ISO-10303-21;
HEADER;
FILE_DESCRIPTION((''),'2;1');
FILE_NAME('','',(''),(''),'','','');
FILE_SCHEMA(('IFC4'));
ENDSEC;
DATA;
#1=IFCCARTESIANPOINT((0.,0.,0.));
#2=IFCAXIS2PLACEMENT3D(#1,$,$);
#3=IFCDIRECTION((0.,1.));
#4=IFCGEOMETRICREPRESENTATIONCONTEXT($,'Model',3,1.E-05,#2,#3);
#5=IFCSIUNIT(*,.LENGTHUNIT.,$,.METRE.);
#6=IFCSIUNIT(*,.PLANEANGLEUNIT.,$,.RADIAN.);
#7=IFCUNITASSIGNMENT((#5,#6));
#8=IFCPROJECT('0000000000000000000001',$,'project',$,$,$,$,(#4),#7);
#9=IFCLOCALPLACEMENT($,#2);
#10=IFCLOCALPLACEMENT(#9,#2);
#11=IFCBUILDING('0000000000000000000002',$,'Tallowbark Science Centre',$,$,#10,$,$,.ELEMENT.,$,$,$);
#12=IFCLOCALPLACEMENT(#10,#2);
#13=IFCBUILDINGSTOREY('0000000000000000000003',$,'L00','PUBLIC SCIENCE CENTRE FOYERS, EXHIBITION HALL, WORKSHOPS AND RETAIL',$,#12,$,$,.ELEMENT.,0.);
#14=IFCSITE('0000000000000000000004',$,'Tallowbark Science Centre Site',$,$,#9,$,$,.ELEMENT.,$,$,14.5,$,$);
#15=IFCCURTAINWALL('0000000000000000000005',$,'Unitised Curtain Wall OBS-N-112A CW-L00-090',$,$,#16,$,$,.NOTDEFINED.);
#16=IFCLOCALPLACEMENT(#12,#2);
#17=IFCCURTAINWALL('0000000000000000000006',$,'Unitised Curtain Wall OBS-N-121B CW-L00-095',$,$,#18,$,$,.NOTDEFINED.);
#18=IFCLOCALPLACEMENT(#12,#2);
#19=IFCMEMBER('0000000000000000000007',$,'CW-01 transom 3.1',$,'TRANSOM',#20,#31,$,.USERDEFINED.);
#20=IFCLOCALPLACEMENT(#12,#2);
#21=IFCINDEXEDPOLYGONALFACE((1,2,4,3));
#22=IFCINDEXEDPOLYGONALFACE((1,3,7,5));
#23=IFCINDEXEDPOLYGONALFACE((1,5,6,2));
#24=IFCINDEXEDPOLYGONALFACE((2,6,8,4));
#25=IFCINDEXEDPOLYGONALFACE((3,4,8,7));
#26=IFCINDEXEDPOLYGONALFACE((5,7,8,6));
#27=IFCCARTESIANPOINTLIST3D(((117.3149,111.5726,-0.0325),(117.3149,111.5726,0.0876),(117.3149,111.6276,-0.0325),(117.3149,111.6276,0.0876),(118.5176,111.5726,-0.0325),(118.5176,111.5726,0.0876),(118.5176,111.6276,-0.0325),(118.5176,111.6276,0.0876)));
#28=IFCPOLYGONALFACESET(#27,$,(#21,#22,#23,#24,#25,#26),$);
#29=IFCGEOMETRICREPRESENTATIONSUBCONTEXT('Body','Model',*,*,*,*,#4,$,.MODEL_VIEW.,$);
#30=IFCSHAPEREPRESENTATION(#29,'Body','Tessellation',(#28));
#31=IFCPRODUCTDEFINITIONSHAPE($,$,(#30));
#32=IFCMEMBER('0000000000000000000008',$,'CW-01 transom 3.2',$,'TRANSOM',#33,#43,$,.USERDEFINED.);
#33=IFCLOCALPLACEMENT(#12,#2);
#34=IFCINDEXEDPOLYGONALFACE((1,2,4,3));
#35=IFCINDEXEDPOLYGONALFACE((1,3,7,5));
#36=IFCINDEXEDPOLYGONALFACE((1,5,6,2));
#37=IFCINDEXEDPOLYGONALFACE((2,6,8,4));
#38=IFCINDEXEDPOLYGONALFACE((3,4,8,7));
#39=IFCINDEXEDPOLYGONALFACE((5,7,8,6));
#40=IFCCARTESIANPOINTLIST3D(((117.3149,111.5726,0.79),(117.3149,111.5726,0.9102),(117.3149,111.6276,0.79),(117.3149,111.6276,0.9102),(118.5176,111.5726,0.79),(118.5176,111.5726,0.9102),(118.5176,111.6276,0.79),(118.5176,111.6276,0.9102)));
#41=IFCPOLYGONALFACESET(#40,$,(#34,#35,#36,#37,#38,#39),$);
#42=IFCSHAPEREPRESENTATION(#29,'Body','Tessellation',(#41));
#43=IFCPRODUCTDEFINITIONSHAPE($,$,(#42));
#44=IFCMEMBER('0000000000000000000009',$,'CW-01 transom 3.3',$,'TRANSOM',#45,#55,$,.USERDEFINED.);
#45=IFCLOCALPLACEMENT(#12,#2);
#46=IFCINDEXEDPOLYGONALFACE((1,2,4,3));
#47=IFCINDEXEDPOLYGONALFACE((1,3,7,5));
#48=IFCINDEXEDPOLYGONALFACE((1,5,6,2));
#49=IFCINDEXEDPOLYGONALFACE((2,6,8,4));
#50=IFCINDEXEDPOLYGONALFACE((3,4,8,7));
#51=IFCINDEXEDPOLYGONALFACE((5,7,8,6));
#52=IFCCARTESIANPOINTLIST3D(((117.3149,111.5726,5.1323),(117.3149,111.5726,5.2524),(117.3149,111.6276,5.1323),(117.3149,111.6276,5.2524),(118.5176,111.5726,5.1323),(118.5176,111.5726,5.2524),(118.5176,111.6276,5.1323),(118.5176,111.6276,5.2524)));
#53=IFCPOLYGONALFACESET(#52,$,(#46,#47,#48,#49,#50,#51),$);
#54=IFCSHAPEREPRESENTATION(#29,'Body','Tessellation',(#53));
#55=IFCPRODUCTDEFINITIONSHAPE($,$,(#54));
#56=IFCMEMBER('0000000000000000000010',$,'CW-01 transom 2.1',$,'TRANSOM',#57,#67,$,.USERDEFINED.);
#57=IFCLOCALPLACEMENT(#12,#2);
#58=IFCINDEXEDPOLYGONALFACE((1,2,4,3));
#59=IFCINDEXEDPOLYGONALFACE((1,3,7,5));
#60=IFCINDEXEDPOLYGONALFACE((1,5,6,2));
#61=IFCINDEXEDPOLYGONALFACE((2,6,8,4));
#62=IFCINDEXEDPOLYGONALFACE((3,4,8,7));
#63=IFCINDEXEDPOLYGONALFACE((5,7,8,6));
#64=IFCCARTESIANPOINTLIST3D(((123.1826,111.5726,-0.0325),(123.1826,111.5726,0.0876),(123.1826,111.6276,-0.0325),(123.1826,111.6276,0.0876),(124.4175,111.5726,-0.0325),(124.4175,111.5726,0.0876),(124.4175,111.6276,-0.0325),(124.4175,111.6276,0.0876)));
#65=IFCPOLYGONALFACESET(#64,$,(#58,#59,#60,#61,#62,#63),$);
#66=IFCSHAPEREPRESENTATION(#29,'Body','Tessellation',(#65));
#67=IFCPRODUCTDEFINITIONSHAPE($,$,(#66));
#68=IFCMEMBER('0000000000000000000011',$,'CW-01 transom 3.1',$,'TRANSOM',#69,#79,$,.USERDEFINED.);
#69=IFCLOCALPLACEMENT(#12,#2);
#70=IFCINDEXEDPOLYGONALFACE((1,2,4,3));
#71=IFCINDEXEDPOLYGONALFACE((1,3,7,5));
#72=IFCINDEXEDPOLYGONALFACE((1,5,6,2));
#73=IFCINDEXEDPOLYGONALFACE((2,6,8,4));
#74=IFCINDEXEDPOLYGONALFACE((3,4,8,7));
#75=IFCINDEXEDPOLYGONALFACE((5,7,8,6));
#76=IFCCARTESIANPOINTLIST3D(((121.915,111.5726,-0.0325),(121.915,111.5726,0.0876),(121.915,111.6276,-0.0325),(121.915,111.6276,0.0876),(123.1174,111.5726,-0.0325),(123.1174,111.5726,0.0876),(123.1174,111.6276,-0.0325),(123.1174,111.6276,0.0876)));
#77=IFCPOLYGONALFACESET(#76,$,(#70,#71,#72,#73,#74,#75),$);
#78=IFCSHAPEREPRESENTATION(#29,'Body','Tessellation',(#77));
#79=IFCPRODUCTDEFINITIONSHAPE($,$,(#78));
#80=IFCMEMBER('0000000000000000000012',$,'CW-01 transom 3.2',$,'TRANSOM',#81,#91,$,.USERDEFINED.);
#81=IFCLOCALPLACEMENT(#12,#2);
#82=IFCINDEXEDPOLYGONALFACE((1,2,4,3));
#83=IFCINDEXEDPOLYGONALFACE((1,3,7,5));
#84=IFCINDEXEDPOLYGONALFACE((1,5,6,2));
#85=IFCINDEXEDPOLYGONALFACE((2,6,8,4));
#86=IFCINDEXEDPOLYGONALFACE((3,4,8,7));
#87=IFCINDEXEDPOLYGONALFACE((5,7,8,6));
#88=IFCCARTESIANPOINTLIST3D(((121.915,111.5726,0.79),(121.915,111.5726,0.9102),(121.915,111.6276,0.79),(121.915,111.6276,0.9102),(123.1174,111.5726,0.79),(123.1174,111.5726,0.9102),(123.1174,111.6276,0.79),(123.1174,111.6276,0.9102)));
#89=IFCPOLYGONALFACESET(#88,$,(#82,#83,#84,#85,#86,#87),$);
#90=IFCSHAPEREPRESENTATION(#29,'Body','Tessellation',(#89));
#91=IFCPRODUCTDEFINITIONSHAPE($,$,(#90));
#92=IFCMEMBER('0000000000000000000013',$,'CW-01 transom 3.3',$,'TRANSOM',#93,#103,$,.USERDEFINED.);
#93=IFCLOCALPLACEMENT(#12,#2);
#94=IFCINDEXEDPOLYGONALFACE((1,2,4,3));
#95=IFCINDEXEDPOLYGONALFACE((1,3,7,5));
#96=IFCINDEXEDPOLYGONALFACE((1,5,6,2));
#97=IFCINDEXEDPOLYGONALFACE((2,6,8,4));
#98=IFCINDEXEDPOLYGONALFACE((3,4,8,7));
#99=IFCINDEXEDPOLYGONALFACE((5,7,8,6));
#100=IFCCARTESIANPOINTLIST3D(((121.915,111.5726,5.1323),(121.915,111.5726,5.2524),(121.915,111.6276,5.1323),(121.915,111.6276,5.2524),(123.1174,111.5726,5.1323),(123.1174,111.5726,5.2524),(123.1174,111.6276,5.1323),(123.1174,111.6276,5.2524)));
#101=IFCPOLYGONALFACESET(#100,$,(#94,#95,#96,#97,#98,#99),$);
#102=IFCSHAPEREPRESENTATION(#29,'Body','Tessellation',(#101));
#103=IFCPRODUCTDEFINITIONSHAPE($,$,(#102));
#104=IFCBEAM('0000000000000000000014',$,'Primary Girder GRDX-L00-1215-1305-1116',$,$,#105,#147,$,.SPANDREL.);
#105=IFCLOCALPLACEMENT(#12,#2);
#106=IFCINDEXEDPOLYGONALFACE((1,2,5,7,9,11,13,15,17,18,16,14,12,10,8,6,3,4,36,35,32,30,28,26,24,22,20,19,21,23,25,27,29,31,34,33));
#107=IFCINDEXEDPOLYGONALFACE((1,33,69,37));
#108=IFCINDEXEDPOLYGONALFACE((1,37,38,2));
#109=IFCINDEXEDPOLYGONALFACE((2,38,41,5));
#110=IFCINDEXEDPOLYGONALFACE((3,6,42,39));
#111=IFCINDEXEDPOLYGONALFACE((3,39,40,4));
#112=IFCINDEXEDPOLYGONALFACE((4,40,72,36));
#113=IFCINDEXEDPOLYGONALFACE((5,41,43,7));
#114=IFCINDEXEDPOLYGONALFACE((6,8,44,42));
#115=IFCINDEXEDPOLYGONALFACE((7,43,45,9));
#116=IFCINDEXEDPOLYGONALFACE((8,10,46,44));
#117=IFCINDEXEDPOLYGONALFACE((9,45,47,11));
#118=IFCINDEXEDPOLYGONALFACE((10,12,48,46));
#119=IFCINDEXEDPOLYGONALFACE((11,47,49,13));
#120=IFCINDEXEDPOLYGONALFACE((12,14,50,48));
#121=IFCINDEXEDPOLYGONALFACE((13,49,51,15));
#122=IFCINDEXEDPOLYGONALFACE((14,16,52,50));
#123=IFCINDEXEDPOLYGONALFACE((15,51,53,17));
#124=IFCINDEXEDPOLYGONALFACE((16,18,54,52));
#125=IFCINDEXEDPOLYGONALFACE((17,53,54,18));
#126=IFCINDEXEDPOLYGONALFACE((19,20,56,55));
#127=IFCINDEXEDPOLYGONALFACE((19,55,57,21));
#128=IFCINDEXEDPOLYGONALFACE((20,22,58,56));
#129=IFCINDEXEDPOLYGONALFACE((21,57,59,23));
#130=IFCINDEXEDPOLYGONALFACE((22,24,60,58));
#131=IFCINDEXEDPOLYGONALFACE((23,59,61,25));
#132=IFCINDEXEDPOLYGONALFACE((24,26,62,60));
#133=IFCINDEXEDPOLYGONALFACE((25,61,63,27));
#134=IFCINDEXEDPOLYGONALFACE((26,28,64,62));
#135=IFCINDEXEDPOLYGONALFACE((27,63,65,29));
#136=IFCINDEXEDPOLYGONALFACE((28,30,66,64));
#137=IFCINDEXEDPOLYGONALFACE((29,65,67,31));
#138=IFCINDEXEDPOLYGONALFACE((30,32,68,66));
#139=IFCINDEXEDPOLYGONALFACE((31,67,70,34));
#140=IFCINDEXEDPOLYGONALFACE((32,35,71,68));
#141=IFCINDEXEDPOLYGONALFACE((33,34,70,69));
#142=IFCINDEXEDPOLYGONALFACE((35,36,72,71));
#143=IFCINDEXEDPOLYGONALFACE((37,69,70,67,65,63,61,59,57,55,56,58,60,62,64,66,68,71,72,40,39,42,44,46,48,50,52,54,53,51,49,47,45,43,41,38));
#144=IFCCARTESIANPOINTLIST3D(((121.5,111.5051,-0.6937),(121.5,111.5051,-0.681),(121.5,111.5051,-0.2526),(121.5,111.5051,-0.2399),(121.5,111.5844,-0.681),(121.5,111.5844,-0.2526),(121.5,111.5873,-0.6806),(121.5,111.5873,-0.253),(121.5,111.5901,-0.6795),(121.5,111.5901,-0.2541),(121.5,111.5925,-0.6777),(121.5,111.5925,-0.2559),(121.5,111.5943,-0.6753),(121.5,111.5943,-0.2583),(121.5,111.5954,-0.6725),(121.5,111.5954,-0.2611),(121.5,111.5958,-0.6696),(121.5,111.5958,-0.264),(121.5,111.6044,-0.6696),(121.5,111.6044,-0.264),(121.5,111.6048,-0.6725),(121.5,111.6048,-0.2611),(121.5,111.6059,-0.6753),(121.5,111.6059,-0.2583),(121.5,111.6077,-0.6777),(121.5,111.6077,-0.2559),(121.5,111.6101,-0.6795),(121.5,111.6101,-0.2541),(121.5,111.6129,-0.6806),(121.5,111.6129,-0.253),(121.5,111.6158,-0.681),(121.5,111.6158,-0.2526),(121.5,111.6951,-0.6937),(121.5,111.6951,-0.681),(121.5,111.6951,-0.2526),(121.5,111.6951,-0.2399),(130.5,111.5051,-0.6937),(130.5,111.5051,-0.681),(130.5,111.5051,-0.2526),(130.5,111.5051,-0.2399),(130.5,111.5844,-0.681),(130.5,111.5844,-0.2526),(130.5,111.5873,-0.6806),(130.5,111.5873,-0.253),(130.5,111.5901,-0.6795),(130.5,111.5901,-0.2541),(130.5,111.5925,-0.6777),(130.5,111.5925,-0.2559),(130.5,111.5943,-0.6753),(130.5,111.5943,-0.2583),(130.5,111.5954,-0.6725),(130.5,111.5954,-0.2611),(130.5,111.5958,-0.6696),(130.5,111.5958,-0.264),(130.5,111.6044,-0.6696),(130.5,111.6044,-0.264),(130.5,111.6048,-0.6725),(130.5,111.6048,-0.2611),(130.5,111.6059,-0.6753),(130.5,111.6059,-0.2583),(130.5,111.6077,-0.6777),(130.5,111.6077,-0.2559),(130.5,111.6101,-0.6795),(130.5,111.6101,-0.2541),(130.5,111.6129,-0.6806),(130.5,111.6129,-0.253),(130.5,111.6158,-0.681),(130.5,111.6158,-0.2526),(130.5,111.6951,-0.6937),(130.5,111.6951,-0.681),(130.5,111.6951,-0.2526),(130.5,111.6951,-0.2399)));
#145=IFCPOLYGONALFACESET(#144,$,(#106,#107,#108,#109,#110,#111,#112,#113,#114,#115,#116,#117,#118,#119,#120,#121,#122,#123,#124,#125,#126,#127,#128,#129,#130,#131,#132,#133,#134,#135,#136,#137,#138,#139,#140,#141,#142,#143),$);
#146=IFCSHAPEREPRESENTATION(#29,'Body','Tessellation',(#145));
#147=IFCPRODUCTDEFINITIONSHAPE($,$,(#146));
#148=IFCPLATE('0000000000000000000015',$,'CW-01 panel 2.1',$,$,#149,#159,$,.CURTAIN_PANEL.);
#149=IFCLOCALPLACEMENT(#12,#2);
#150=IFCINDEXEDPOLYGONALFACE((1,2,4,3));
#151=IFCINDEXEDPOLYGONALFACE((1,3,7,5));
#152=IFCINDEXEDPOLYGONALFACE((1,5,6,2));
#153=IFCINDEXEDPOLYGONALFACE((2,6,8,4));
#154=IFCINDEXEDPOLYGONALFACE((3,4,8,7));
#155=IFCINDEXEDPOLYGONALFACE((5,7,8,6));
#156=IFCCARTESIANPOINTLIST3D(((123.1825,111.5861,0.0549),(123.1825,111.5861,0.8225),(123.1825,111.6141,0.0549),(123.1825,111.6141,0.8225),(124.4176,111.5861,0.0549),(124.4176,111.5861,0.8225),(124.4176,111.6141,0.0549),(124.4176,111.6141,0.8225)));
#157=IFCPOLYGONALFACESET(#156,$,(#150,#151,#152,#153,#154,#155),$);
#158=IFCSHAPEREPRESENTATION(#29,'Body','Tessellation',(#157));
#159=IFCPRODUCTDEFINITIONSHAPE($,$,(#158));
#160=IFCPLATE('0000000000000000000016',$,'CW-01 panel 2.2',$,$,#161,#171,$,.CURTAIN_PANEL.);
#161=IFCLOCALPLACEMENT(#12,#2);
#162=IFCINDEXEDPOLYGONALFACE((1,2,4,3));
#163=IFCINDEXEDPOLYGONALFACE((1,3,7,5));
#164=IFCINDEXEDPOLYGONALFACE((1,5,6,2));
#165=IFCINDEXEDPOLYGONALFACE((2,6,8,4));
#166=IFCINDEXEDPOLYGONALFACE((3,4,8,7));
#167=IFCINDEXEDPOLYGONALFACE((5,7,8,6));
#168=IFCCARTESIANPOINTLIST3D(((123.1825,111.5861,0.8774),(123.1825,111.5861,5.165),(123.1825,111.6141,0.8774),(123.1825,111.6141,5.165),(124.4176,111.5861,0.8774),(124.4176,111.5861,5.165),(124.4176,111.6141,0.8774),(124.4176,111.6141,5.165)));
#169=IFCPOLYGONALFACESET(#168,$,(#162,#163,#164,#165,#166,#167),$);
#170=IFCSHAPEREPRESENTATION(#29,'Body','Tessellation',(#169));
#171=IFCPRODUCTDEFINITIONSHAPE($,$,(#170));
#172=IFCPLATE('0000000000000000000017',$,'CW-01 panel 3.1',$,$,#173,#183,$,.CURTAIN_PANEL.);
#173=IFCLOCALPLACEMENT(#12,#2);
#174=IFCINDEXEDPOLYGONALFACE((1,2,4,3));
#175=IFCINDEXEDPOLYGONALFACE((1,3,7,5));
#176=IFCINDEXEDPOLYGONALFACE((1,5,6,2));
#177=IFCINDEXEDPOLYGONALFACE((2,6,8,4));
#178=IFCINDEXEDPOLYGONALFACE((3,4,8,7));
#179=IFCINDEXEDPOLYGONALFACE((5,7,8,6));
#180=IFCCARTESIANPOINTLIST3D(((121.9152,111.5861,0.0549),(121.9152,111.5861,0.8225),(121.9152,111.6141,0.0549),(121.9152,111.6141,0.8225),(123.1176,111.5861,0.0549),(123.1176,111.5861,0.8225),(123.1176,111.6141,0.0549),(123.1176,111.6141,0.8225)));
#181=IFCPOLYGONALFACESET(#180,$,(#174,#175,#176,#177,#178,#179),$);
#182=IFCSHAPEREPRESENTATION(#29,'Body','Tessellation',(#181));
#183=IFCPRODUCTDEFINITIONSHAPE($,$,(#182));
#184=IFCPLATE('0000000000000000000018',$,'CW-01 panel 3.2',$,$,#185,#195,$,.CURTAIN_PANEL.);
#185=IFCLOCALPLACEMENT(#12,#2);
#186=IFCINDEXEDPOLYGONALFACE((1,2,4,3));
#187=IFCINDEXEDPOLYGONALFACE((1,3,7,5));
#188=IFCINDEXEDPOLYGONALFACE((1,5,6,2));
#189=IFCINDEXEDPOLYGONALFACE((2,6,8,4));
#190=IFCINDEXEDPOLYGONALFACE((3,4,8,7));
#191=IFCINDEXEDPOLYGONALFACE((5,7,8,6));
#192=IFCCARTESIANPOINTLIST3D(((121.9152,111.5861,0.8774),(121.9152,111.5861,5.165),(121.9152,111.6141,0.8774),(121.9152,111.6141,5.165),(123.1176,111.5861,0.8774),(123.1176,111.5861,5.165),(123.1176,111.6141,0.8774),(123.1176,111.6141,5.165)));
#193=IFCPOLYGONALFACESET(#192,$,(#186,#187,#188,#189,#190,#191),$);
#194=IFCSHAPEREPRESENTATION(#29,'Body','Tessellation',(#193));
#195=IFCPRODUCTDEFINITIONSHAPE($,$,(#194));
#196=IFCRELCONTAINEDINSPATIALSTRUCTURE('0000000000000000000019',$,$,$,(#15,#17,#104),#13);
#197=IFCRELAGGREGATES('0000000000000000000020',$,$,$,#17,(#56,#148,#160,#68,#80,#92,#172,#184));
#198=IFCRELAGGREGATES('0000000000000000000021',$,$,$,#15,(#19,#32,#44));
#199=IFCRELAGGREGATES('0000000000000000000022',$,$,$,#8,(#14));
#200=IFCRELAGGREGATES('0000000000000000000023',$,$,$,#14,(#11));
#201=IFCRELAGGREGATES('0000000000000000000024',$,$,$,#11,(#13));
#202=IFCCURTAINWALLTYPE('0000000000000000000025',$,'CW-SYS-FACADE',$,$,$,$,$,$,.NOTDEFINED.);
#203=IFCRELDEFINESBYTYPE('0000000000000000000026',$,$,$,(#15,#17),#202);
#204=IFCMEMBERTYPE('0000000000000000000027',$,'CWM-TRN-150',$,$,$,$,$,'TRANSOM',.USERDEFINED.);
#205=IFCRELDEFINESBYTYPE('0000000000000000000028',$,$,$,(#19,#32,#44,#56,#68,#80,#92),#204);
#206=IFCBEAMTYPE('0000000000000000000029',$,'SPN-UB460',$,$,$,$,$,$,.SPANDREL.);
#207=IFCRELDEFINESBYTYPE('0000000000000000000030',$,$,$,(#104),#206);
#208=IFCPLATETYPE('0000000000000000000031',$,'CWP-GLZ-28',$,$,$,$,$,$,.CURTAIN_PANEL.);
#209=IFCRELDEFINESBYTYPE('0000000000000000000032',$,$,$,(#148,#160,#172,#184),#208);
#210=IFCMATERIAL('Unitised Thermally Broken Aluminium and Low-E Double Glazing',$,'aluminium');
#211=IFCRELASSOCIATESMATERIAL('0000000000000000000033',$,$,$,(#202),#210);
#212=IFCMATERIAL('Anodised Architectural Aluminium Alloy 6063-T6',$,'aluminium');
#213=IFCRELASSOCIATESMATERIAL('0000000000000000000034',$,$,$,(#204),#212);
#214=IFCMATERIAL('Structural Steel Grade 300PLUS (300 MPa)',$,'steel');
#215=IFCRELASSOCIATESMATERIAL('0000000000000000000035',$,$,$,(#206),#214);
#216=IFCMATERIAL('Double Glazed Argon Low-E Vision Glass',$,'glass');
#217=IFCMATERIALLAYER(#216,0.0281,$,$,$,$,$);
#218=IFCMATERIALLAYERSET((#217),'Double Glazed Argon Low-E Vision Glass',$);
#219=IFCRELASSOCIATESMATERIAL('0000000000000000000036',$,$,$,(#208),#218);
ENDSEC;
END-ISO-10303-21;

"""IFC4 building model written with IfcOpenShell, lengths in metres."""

from ifc_helpers import new_model, si_unit, direction, frame, origin, origin_2d, place, context, subcontext, project, spatial, rectangle, i_section, extrude, material, layer, layer_set, material_profile, profile_set, type_object, element, aggregate, save


model = new_model("IFC4")

# Units and contexts
model_context = context("Model", 3, precision=1e-05, world=origin(), true_north=direction((0.0, 1.0)))
body_context = subcontext(model_context, "Body", "Model", "MODEL_VIEW")
ifc_project = project(units=[si_unit("LENGTHUNIT", "METRE"), si_unit("PLANEANGLEUNIT", "RADIAN")], contexts=[model_context])

# Site, building, storey
site_placement = place(None, origin())
site = spatial("IfcSite", under=ifc_project, at=site_placement, Name="Tallowbark Science Centre Site", CompositionType="ELEMENT", RefElevation=14.5)
building_placement = place(site_placement, origin())
building = spatial("IfcBuilding", under=site, at=building_placement, Name="Tallowbark Science Centre", CompositionType="ELEMENT")
storey_placement = place(building_placement, origin())
storey = spatial("IfcBuildingStorey", under=building, at=storey_placement, Name="L00", Description="PUBLIC SCIENCE CENTRE FOYERS, EXHIBITION HALL, WORKSHOPS AND RETAIL", CompositionType="ELEMENT", Elevation=0.0)

# Shared definitions
ifc_material_1 = material(Name="Structural Steel Grade 300PLUS (300 MPa)", Category="steel")

# Curtain walls
ifc_material_2 = material(Name="Unitised Thermally Broken Aluminium and Low-E Double Glazing", Category="aluminium")
curtain_wall_type = type_object("IfcCurtainWallType", Name="CW-SYS-FACADE", PredefinedType="NOTDEFINED", material=ifc_material_2)
curtain_wall_1_placement = place(storey_placement, origin())
curtain_wall_1 = element("IfcCurtainWall", 1, at=curtain_wall_1_placement, inside=storey, type_object=curtain_wall_type, Name="Unitised Curtain Wall OBS-N-112A CW-L00-090", PredefinedType="NOTDEFINED")
ifc_material_3 = material(Name="Anodised Architectural Aluminium Alloy 6063-T6", Category="aluminium")
curtain_wall_2_placement = place(storey_placement, origin())
curtain_wall_2 = element("IfcCurtainWall", 2, at=curtain_wall_2_placement, inside=storey, type_object=curtain_wall_type, Name="Unitised Curtain Wall OBS-N-121B CW-L00-095", PredefinedType="NOTDEFINED")

# Members
ifc_material_profile_1 = material_profile(ifc_material_3, rectangle(XDim=0.0549, YDim=0.1201, at=origin_2d()), Name="ALU55x120")
ifc_profile_set_1 = profile_set([ifc_material_profile_1], Name="Anodised Architectural Aluminium Alloy 6063-T6")
member_type_1 = type_object("IfcMemberType", Name="CWM-TRN-150", ElementType="TRANSOM", PredefinedType="USERDEFINED", material=ifc_profile_set_1)
member_1_placement = place(storey_placement, frame((118.5176, 111.6001, 0.0276), z_axis=(-1.0, 0.0, 0.0), x_axis=(0.0, -1.0, 0.0)))
member_1 = element("IfcMember", 3, at=member_1_placement, type_object=member_type_1, Name="CW-01 transom 3.1", ObjectType="TRANSOM", PredefinedType="USERDEFINED", context=body_context, shape_type="SweptSolid", body=[
    extrude(rectangle(XDim=0.0549, YDim=0.1201, at=origin_2d()), origin(), (0.0, 0.0, 1.0), 1.2026),
])
member_2_placement = place(storey_placement, frame((118.5176, 111.6001, 0.8501), z_axis=(-1.0, 0.0, 0.0), x_axis=(0.0, -1.0, 0.0)))
member_2 = element("IfcMember", 4, at=member_2_placement, type_object=member_type_1, Name="CW-01 transom 3.2", ObjectType="TRANSOM", PredefinedType="USERDEFINED", context=body_context, shape_type="SweptSolid", body=[
    extrude(rectangle(XDim=0.0549, YDim=0.1201, at=origin_2d()), origin(), (0.0, 0.0, 1.0), 1.2026),
])
member_3_placement = place(storey_placement, frame((118.5176, 111.6001, 5.1924), z_axis=(-1.0, 0.0, 0.0), x_axis=(0.0, -1.0, 0.0)))
member_3 = element("IfcMember", 5, at=member_3_placement, type_object=member_type_1, Name="CW-01 transom 3.3", ObjectType="TRANSOM", PredefinedType="USERDEFINED", context=body_context, shape_type="SweptSolid", body=[
    extrude(rectangle(XDim=0.0549, YDim=0.1201, at=origin_2d()), origin(), (0.0, 0.0, 1.0), 1.2026),
])
member_4_placement = place(storey_placement, frame((124.4175, 111.6001, 0.0276), z_axis=(-1.0, 0.0, 0.0), x_axis=(0.0, -1.0, 0.0)))
member_4 = element("IfcMember", 6, at=member_4_placement, type_object=member_type_1, Name="CW-01 transom 2.1", ObjectType="TRANSOM", PredefinedType="USERDEFINED", context=body_context, shape_type="SweptSolid", body=[
    extrude(rectangle(XDim=0.0549, YDim=0.1201, at=origin_2d()), origin(), (0.0, 0.0, 1.0), 1.2349),
])
member_5_placement = place(storey_placement, frame((123.1174, 111.6001, 0.0276), z_axis=(-1.0, 0.0, 0.0), x_axis=(0.0, -1.0, 0.0)))
member_5 = element("IfcMember", 7, at=member_5_placement, type_object=member_type_1, Name="CW-01 transom 3.1", ObjectType="TRANSOM", PredefinedType="USERDEFINED", context=body_context, shape_type="SweptSolid", body=[
    extrude(rectangle(XDim=0.0549, YDim=0.1201, at=origin_2d()), origin(), (0.0, 0.0, 1.0), 1.2024),
])
member_6_placement = place(storey_placement, frame((123.1174, 111.6001, 0.8501), z_axis=(-1.0, 0.0, 0.0), x_axis=(0.0, -1.0, 0.0)))
member_6 = element("IfcMember", 8, at=member_6_placement, type_object=member_type_1, Name="CW-01 transom 3.2", ObjectType="TRANSOM", PredefinedType="USERDEFINED", context=body_context, shape_type="SweptSolid", body=[
    extrude(rectangle(XDim=0.0549, YDim=0.1201, at=origin_2d()), origin(), (0.0, 0.0, 1.0), 1.2024),
])
member_7_placement = place(storey_placement, frame((123.1174, 111.6001, 5.1924), z_axis=(-1.0, 0.0, 0.0), x_axis=(0.0, -1.0, 0.0)))
member_7 = element("IfcMember", 9, at=member_7_placement, type_object=member_type_1, Name="CW-01 transom 3.3", ObjectType="TRANSOM", PredefinedType="USERDEFINED", context=body_context, shape_type="SweptSolid", body=[
    extrude(rectangle(XDim=0.0549, YDim=0.1201, at=origin_2d()), origin(), (0.0, 0.0, 1.0), 1.2024),
])

# Beam
ifc_material_profile_2 = material_profile(ifc_material_1, i_section(OverallWidth=0.1899, OverallDepth=0.4539, WebThickness=0.0085, FlangeThickness=0.0127, FilletRadius=0.0115, at=origin_2d()), Name="460UB67.1")
ifc_profile_set_2 = profile_set([ifc_material_profile_2], Name="Structural Steel Grade 300PLUS (300 MPa)")
beam_type = type_object("IfcBeamType", Name="SPN-UB460", PredefinedType="SPANDREL", material=ifc_profile_set_2)
beam_placement = place(storey_placement, frame((121.5, 111.6001, -0.4668), z_axis=(1.0, 0.0, 0.0), x_axis=(0.0, 1.0, 0.0)))
element("IfcBeam", 10, at=beam_placement, inside=storey, type_object=beam_type, Name="Primary Girder GRDX-L00-1215-1305-1116", PredefinedType="SPANDREL", context=body_context, shape_type="SweptSolid", body=[
    extrude(i_section(OverallWidth=0.1899, OverallDepth=0.4539, WebThickness=0.0085, FlangeThickness=0.0127, FilletRadius=0.0115, at=origin_2d()), origin(), (0.0, 0.0, 1.0), 9.0),
])

# Plates
ifc_material_4 = material(Name="Double Glazed Argon Low-E Vision Glass", Category="glass")
ifc_layer_1 = layer(ifc_material_4, 0.0281)
ifc_layer_set_1 = layer_set([ifc_layer_1], Name="Double Glazed Argon Low-E Vision Glass")
plate_type_1 = type_object("IfcPlateType", Name="CWP-GLZ-28", PredefinedType="CURTAIN_PANEL", material=ifc_layer_set_1)
plate_1_placement = place(storey_placement, frame((123.8, 111.6001, 0.0549), z_axis=(0.0, 0.0, 1.0), x_axis=(-1.0, 0.0, 0.0)))
plate_1 = element("IfcPlate", 11, at=plate_1_placement, type_object=plate_type_1, Name="CW-01 panel 2.1", PredefinedType="CURTAIN_PANEL", context=body_context, shape_type="SweptSolid", body=[
    extrude(rectangle(XDim=1.2351, YDim=0.0281, at=origin_2d()), origin(), (0.0, 0.0, 1.0), 0.7676),
])
plate_2_placement = place(storey_placement, frame((123.8, 111.6001, 0.8774), z_axis=(0.0, 0.0, 1.0), x_axis=(-1.0, 0.0, 0.0)))
plate_2 = element("IfcPlate", 12, at=plate_2_placement, type_object=plate_type_1, Name="CW-01 panel 2.2", PredefinedType="CURTAIN_PANEL", context=body_context, shape_type="SweptSolid", body=[
    extrude(rectangle(XDim=1.2351, YDim=0.0281, at=origin_2d()), origin(), (0.0, 0.0, 1.0), 4.2876),
])
plate_3_placement = place(storey_placement, frame((122.5164, 111.6001, 0.0549), z_axis=(0.0, 0.0, 1.0), x_axis=(-1.0, 0.0, 0.0)))
plate_3 = element("IfcPlate", 13, at=plate_3_placement, type_object=plate_type_1, Name="CW-01 panel 3.1", PredefinedType="CURTAIN_PANEL", context=body_context, shape_type="SweptSolid", body=[
    extrude(rectangle(XDim=1.2024, YDim=0.0281, at=origin_2d()), origin(), (0.0, 0.0, 1.0), 0.7676),
])
plate_4_placement = place(storey_placement, frame((122.5164, 111.6001, 0.8774), z_axis=(0.0, 0.0, 1.0), x_axis=(-1.0, 0.0, 0.0)))
plate_4 = element("IfcPlate", 14, at=plate_4_placement, type_object=plate_type_1, Name="CW-01 panel 3.2", PredefinedType="CURTAIN_PANEL", context=body_context, shape_type="SweptSolid", body=[
    extrude(rectangle(XDim=1.2024, YDim=0.0281, at=origin_2d()), origin(), (0.0, 0.0, 1.0), 4.2876),
])
aggregate(curtain_wall_2, [member_4, plate_1, plate_2, member_5, member_6, member_7, plate_3, plate_4])
aggregate(curtain_wall_1, [member_1, member_2, member_3])

save(model, "model.ifc")
